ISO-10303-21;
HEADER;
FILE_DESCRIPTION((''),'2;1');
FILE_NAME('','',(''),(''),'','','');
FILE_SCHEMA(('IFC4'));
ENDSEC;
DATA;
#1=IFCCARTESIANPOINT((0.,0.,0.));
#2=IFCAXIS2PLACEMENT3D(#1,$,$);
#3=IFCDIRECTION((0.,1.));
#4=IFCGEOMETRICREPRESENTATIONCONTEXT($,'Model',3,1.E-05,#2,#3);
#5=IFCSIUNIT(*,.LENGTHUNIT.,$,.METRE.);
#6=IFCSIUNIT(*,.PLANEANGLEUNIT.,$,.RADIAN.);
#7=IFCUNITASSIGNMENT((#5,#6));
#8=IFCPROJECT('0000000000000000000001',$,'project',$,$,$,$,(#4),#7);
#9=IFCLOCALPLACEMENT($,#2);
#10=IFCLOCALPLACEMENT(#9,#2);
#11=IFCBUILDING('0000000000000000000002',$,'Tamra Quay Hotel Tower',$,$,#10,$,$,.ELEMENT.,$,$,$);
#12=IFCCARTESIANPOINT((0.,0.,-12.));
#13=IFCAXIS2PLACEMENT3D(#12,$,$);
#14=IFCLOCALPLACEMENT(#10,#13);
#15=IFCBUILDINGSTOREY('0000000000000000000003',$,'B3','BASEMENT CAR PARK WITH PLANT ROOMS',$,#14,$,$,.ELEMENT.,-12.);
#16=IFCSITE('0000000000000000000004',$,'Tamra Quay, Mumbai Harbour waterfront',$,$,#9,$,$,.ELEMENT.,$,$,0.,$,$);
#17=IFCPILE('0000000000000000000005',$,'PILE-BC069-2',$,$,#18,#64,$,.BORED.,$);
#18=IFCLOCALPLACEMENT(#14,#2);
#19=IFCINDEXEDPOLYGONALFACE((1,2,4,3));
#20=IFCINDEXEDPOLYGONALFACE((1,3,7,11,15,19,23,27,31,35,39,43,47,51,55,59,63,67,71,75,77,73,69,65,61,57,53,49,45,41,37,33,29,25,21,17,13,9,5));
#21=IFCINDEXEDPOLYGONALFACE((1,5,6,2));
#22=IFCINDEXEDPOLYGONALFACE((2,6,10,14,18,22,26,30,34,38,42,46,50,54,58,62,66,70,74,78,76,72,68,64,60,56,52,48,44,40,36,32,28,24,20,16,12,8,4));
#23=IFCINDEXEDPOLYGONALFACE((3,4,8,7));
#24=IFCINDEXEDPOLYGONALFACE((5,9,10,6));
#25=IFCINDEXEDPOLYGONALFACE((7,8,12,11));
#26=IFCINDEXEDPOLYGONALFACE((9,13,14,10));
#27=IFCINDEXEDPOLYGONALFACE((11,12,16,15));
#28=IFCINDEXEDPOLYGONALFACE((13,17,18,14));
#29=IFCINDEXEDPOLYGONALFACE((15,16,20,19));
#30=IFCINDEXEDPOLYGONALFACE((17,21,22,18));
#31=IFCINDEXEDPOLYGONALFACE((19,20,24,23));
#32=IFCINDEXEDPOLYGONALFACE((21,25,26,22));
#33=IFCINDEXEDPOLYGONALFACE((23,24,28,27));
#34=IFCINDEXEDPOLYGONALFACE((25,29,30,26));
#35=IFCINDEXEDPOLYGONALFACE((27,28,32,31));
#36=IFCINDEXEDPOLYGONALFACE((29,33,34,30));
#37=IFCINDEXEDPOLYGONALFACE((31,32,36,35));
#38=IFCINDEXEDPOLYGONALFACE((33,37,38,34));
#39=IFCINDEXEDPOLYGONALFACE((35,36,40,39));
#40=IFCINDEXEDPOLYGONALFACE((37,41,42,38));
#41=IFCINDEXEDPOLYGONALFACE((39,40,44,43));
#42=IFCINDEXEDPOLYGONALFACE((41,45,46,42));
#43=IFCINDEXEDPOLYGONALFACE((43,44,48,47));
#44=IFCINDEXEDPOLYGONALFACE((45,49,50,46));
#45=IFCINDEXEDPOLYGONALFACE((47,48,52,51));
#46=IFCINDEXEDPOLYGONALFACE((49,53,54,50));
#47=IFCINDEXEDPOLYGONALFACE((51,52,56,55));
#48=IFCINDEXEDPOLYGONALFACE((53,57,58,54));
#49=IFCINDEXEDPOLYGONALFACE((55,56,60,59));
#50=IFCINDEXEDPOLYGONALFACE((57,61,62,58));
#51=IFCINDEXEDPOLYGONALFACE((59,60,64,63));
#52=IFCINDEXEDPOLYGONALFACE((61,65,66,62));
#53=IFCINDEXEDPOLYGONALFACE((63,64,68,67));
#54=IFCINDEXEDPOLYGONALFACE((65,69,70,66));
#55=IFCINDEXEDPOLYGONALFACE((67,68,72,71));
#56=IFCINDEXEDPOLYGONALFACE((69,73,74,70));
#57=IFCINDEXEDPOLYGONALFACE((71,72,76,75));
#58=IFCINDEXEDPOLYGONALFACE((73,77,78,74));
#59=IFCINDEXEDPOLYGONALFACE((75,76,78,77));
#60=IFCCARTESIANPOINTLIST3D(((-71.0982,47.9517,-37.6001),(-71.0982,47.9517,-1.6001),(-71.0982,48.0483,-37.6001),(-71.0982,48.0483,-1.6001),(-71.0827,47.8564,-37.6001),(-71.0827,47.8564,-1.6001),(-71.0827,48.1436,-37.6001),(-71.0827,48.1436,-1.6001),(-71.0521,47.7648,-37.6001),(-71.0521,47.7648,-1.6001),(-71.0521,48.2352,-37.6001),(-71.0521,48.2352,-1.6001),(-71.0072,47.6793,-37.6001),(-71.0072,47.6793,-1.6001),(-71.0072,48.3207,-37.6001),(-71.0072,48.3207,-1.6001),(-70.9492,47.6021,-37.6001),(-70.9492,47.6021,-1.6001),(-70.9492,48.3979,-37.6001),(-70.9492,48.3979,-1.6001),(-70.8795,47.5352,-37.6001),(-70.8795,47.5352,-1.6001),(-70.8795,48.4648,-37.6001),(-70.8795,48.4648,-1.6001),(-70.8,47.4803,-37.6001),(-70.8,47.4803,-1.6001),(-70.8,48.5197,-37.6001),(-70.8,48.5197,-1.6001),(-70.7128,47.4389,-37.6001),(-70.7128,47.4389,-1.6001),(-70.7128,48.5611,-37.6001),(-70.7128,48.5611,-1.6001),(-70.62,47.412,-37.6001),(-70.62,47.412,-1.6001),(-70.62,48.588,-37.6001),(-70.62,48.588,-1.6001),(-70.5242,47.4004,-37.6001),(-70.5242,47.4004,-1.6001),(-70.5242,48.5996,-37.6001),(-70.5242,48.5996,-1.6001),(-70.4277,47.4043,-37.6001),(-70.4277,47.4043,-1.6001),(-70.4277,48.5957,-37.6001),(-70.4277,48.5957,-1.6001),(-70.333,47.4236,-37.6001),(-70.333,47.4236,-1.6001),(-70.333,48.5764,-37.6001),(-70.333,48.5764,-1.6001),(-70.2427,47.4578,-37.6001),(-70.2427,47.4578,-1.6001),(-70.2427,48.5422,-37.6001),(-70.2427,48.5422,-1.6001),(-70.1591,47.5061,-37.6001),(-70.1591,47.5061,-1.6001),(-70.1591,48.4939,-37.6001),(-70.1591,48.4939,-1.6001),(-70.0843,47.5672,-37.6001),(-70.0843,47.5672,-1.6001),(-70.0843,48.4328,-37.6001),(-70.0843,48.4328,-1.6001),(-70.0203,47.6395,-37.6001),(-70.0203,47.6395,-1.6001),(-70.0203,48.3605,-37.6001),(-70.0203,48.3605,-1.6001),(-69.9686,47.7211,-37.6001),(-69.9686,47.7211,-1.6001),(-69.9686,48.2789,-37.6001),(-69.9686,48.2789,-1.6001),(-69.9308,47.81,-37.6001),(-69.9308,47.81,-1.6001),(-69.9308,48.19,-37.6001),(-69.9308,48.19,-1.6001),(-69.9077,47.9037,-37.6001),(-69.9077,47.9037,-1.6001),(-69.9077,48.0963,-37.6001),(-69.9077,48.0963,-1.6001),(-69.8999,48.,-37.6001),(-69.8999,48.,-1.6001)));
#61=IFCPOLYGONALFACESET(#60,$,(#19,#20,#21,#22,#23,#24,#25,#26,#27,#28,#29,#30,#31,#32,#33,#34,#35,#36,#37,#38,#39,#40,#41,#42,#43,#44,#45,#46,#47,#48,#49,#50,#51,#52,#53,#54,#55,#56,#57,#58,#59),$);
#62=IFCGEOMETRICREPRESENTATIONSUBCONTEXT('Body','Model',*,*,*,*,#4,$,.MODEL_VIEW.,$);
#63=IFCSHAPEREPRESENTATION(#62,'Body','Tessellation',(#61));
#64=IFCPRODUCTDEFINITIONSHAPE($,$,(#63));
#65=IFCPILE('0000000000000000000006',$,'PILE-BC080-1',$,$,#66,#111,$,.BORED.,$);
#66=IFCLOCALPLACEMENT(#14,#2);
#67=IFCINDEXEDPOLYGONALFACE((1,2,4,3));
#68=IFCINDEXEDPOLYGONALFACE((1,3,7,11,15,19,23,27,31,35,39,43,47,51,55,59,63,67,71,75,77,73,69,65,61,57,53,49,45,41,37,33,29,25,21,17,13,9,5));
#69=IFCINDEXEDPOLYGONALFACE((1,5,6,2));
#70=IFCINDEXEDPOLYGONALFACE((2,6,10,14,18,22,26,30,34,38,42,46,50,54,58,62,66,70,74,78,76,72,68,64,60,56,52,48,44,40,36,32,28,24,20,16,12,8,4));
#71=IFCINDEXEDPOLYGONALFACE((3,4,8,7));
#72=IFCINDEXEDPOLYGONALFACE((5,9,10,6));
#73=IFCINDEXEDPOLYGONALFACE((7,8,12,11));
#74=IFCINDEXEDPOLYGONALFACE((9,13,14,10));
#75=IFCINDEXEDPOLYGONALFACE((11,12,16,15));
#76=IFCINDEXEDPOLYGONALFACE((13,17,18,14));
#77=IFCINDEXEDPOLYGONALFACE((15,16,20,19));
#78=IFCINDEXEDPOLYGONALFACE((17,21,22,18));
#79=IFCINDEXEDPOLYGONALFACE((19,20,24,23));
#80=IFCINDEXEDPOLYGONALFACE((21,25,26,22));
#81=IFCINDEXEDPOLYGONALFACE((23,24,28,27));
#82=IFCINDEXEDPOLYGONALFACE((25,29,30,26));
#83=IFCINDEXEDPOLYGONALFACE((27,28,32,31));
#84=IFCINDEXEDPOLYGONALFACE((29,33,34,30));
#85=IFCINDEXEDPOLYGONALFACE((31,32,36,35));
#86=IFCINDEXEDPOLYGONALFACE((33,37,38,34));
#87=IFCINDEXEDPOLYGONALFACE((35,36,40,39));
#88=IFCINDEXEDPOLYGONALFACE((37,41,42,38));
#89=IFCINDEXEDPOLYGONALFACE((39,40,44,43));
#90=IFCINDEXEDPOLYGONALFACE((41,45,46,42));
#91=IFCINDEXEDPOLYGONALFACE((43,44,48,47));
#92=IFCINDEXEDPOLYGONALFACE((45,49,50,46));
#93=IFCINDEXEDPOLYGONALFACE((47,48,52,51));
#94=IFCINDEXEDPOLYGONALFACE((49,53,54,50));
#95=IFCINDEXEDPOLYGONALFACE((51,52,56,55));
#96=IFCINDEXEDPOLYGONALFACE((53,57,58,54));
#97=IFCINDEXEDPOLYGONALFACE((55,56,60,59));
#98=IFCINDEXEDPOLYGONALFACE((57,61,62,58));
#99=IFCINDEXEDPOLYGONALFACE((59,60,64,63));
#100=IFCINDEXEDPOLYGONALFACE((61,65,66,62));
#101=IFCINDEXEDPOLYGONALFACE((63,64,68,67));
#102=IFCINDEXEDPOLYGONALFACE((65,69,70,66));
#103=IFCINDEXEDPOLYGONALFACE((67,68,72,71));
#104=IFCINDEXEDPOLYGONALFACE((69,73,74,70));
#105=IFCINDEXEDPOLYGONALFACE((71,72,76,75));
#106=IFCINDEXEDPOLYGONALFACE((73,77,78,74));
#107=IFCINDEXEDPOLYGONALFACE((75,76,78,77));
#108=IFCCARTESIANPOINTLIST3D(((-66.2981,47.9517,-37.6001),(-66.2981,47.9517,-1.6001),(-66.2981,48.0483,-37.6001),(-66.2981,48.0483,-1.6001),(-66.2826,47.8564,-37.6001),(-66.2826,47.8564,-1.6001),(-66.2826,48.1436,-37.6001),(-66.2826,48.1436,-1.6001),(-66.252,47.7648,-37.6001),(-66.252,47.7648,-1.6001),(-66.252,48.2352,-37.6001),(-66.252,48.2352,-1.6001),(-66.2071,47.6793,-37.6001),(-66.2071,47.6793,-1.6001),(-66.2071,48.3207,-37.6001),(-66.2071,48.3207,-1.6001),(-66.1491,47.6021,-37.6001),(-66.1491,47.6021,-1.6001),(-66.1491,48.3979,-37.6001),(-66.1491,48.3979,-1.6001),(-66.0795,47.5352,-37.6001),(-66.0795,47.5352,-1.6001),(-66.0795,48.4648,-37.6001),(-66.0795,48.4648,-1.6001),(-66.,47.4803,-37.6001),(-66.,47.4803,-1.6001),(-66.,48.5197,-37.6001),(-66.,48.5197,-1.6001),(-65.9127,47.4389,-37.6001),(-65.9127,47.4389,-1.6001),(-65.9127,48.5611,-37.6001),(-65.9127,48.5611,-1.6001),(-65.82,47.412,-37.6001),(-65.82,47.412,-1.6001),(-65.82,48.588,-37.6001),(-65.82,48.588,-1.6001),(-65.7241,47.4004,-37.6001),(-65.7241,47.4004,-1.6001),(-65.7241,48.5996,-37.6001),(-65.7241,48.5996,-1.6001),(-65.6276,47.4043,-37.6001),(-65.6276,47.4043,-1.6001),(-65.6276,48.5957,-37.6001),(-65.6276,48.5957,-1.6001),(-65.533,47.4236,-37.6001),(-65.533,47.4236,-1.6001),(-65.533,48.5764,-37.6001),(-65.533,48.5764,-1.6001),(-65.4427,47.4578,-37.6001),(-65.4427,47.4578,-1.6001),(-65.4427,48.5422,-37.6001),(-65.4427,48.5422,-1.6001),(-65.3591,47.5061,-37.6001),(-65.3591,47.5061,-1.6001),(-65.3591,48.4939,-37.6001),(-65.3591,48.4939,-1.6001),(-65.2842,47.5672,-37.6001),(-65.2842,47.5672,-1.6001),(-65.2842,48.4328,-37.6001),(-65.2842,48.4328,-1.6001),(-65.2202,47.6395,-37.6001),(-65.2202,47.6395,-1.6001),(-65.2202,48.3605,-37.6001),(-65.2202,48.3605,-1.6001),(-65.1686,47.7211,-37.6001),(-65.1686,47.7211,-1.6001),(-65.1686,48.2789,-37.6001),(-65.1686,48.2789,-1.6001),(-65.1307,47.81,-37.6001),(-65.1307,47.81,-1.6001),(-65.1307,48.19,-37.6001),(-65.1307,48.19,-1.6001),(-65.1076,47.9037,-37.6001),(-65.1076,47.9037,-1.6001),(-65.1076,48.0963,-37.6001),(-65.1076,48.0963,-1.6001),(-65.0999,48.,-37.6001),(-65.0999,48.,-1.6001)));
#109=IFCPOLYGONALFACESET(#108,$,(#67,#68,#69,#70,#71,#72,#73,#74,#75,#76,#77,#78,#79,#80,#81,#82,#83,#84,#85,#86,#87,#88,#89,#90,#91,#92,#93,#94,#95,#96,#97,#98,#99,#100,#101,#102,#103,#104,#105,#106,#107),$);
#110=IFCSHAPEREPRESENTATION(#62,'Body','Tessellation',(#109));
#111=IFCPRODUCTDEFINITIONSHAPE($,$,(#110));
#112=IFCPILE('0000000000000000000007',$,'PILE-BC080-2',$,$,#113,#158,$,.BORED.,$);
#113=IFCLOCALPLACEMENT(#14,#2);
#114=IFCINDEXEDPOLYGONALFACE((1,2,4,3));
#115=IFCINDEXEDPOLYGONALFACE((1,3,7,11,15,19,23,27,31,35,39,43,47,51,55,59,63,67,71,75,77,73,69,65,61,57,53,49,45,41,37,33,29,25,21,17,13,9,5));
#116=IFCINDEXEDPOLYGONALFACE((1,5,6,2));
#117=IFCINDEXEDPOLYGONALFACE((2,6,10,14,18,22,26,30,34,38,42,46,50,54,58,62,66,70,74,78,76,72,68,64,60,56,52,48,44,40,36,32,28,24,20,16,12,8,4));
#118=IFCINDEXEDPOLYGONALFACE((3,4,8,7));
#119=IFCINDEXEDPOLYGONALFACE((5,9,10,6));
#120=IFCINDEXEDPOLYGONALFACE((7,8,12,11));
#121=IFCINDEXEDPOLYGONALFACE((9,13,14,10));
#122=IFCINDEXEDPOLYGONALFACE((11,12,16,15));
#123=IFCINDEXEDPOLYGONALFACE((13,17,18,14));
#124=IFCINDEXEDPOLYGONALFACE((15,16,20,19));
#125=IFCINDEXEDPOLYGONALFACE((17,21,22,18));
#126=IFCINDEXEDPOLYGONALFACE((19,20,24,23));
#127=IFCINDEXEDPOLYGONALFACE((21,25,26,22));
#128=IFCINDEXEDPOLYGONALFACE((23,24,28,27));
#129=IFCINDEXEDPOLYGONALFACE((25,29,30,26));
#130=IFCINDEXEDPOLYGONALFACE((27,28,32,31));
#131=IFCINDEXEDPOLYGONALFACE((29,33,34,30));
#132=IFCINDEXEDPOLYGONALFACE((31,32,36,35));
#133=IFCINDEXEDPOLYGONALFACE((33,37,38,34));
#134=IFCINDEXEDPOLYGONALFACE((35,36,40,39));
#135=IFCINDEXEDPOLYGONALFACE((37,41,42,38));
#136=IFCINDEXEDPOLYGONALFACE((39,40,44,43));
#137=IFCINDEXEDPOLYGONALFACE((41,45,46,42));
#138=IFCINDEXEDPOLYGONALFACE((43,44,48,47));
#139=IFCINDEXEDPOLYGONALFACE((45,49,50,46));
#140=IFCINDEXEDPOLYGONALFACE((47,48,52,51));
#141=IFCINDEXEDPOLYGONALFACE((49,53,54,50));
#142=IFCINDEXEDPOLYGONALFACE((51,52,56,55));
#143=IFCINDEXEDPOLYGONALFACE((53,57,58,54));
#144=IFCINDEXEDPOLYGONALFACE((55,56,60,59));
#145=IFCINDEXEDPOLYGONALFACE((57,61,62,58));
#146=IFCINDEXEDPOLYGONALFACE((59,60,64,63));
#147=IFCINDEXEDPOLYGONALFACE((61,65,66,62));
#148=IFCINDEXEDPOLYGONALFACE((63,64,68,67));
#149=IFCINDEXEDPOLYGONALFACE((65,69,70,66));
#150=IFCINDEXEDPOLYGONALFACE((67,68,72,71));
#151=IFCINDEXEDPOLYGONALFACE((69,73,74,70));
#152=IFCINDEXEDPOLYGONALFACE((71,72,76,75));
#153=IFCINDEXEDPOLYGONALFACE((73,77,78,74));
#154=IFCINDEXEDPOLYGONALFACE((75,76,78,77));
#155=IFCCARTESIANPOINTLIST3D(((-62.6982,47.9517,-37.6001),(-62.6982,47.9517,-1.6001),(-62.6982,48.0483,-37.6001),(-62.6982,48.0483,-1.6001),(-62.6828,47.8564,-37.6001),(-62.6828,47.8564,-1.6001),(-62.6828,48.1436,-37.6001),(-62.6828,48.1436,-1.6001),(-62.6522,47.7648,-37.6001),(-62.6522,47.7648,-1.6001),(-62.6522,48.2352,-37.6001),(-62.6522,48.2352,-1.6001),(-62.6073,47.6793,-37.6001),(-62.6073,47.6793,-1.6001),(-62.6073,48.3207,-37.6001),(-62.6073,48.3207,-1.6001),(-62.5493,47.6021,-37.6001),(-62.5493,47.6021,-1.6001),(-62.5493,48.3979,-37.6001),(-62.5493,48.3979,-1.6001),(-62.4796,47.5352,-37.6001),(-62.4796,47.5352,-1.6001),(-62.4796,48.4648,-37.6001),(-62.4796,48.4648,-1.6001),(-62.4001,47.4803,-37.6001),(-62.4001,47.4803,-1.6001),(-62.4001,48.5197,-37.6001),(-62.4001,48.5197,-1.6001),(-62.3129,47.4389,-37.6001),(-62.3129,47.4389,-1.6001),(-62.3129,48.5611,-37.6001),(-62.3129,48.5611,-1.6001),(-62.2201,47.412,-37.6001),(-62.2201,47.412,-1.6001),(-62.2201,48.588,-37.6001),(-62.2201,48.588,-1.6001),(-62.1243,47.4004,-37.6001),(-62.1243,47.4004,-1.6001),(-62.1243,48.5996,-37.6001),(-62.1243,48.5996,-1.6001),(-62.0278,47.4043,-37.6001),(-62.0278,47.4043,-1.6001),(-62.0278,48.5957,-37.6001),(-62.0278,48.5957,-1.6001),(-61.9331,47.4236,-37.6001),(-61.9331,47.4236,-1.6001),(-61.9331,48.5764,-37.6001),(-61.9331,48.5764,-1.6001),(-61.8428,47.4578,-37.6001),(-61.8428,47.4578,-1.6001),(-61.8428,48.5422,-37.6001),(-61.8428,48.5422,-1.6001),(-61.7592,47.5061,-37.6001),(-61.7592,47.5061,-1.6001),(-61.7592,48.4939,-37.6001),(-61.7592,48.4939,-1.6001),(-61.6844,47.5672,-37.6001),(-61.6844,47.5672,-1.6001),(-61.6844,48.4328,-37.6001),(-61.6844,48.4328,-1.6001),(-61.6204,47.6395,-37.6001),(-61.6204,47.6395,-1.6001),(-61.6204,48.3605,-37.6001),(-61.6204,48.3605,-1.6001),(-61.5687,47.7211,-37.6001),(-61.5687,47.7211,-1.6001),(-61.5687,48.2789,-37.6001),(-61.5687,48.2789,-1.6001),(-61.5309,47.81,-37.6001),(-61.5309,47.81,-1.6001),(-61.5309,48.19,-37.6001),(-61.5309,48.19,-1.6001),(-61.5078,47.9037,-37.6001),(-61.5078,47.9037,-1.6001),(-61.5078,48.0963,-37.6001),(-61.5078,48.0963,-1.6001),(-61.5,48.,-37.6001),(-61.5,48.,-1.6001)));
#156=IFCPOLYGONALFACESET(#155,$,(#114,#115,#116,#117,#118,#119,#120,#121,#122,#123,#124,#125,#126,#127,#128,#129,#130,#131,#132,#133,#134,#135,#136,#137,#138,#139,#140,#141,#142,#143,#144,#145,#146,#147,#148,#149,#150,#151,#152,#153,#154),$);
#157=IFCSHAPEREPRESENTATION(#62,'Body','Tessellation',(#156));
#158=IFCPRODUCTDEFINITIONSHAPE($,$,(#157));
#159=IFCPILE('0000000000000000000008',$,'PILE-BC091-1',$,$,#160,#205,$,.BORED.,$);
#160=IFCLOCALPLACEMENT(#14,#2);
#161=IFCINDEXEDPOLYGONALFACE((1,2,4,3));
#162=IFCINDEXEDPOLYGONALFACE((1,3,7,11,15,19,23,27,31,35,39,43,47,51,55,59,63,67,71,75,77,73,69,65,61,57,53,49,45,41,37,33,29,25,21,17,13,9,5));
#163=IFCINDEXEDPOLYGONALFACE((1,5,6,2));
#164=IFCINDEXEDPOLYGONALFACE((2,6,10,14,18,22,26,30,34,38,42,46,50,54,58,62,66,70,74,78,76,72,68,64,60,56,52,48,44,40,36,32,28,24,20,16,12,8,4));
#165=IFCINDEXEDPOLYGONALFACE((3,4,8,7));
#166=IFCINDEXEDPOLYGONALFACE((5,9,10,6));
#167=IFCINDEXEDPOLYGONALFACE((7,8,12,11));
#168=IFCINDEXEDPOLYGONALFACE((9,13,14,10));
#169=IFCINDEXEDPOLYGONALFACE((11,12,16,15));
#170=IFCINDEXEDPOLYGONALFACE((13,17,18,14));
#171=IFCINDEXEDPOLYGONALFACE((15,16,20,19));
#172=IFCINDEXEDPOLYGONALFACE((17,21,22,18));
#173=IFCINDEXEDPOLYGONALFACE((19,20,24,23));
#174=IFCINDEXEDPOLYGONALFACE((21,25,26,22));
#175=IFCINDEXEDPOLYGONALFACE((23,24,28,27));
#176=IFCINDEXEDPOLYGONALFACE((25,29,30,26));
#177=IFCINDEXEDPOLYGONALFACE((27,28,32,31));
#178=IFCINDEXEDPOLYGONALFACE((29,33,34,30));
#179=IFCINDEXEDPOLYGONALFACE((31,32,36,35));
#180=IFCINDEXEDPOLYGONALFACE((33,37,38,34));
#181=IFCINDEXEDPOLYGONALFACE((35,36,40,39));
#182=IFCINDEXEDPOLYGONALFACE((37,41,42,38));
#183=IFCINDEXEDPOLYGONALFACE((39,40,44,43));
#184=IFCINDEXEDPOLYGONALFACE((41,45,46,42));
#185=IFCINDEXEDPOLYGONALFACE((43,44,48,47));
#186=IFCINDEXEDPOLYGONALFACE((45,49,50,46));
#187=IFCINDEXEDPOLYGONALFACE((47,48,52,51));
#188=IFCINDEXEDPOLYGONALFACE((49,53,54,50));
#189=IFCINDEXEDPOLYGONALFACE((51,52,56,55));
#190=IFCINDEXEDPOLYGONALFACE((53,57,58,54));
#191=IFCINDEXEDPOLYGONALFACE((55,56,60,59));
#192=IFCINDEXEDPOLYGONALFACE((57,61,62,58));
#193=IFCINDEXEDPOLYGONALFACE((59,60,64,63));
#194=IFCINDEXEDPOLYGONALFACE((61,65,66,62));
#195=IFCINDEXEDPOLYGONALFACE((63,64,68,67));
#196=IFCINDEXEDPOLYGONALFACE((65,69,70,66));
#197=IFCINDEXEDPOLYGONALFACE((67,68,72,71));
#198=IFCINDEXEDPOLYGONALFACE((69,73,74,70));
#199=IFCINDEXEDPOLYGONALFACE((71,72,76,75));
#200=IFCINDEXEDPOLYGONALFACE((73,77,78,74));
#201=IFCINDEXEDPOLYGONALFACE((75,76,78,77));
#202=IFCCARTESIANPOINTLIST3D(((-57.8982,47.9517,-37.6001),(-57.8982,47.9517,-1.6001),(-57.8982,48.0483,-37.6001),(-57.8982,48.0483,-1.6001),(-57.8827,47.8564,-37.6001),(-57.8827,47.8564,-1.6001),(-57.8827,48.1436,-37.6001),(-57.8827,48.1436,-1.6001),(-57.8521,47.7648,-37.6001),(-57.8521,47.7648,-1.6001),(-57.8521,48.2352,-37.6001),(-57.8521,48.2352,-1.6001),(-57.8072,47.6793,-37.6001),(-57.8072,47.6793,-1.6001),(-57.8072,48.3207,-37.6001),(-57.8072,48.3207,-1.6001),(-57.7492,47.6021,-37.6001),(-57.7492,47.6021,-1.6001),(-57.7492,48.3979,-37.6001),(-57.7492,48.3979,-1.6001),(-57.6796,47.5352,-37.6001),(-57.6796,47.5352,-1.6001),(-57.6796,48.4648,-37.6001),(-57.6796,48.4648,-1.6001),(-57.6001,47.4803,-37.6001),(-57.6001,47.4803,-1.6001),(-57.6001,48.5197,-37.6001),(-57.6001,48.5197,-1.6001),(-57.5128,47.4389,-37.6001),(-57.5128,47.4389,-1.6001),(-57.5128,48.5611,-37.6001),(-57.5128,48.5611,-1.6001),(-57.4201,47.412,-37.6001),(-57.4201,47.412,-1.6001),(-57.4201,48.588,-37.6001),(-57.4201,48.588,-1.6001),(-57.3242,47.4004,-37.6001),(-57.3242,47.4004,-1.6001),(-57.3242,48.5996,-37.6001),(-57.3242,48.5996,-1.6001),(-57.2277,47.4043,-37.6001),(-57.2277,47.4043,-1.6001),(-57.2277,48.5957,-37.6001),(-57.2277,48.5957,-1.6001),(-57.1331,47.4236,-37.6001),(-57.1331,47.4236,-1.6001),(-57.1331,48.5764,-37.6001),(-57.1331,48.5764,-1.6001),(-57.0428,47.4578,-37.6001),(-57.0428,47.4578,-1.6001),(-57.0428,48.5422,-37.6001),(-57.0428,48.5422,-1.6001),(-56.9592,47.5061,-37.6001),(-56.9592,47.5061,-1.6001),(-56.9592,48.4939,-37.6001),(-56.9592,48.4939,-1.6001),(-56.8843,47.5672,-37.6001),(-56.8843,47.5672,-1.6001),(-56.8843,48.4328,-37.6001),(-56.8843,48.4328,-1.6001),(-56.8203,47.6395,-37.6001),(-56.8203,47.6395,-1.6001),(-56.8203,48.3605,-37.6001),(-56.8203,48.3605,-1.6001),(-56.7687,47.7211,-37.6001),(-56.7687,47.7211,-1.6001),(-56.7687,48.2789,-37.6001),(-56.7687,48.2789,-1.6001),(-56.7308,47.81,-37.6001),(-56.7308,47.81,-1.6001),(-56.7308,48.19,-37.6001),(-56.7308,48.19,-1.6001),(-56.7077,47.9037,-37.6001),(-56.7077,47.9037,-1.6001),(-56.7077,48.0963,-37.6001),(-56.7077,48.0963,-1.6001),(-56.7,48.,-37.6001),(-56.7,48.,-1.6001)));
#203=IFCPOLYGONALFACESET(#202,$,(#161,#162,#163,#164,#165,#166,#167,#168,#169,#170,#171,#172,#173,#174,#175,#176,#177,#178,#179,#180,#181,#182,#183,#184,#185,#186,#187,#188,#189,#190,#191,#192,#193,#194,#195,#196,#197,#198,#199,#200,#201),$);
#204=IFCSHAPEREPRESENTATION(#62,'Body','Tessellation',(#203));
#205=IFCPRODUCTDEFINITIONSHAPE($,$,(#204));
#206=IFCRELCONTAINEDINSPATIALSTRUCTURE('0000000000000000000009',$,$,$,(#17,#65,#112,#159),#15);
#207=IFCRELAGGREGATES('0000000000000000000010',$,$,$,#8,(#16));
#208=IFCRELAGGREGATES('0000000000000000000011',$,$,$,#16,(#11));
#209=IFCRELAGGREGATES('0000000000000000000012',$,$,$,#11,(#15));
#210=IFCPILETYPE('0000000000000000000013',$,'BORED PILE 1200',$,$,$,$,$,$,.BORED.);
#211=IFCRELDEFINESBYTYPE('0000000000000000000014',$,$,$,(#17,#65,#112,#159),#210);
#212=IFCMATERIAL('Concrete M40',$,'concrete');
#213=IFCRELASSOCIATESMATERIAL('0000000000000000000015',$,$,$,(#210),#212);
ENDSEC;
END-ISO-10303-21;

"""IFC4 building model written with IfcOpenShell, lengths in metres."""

from ifc_helpers import new_model, si_unit, direction, frame, origin, origin_2d, place, context, subcontext, project, spatial, circle, extrude, material, material_profile, profile_set, type_object, element, save


model = new_model("IFC4")

# Units and contexts
model_context = context("Model", 3, precision=1e-05, world=origin(), true_north=direction((0.0, 1.0)))
body_context = subcontext(model_context, "Body", "Model", "MODEL_VIEW")
ifc_project = project(units=[si_unit("LENGTHUNIT", "METRE"), si_unit("PLANEANGLEUNIT", "RADIAN")], contexts=[model_context])

# Site, building, storey
site_placement = place(None, origin())
site = spatial("IfcSite", under=ifc_project, at=site_placement, Name="Tamra Quay, Mumbai Harbour waterfront", CompositionType="ELEMENT", RefElevation=0.0)
building_placement = place(site_placement, origin())
building = spatial("IfcBuilding", under=site, at=building_placement, Name="Tamra Quay Hotel Tower", CompositionType="ELEMENT")
storey_placement = place(building_placement, frame((0.0, 0.0, -12.0)))
storey = spatial("IfcBuildingStorey", under=building, at=storey_placement, Name="B3", Description="BASEMENT CAR PARK WITH PLANT ROOMS", CompositionType="ELEMENT", Elevation=-12.0)

# Piles
ifc_material_1 = material(Name="Concrete M40", Category="concrete")
ifc_material_profile_1 = material_profile(ifc_material_1, circle(Radius=0.6001, at=origin_2d()), Name="BORED PILE 1200")
ifc_profile_set_1 = profile_set([ifc_material_profile_1], Name="Concrete M40")
pile_type = type_object("IfcPileType", Name="BORED PILE 1200", PredefinedType="BORED", material=ifc_profile_set_1)
for number, where, z_axis, x_axis, name in (
    (1, (-70.5, 48.0, -1.6001), (0.0, 0.0, -1.0), (1.0, 0.0, 0.0), "PILE-BC069-2"),
    (2, (-65.7, 48.0, -1.6001), (0.0, 0.0, -1.0), (1.0, 0.0, 0.0), "PILE-BC080-1"),
    (3, (-62.1001, 48.0, -1.6001), (0.0, 0.0, -1.0), (1.0, 0.0, 0.0), "PILE-BC080-2"),
    (4, (-57.3, 48.0, -1.6001), (0.0, 0.0, -1.0), (1.0, 0.0, 0.0), "PILE-BC091-1"),
):
    element("IfcPile", number, at=place(storey_placement, frame(where, z_axis=z_axis, x_axis=x_axis)), inside=storey, type_object=pile_type, Name=name, PredefinedType="BORED", context=body_context, shape_type="SweptSolid", body=[
        extrude(circle(Radius=0.6001, at=origin_2d()), origin(), (0.0, 0.0, 1.0), 36.0),
    ])

save(model, "model.ifc")
